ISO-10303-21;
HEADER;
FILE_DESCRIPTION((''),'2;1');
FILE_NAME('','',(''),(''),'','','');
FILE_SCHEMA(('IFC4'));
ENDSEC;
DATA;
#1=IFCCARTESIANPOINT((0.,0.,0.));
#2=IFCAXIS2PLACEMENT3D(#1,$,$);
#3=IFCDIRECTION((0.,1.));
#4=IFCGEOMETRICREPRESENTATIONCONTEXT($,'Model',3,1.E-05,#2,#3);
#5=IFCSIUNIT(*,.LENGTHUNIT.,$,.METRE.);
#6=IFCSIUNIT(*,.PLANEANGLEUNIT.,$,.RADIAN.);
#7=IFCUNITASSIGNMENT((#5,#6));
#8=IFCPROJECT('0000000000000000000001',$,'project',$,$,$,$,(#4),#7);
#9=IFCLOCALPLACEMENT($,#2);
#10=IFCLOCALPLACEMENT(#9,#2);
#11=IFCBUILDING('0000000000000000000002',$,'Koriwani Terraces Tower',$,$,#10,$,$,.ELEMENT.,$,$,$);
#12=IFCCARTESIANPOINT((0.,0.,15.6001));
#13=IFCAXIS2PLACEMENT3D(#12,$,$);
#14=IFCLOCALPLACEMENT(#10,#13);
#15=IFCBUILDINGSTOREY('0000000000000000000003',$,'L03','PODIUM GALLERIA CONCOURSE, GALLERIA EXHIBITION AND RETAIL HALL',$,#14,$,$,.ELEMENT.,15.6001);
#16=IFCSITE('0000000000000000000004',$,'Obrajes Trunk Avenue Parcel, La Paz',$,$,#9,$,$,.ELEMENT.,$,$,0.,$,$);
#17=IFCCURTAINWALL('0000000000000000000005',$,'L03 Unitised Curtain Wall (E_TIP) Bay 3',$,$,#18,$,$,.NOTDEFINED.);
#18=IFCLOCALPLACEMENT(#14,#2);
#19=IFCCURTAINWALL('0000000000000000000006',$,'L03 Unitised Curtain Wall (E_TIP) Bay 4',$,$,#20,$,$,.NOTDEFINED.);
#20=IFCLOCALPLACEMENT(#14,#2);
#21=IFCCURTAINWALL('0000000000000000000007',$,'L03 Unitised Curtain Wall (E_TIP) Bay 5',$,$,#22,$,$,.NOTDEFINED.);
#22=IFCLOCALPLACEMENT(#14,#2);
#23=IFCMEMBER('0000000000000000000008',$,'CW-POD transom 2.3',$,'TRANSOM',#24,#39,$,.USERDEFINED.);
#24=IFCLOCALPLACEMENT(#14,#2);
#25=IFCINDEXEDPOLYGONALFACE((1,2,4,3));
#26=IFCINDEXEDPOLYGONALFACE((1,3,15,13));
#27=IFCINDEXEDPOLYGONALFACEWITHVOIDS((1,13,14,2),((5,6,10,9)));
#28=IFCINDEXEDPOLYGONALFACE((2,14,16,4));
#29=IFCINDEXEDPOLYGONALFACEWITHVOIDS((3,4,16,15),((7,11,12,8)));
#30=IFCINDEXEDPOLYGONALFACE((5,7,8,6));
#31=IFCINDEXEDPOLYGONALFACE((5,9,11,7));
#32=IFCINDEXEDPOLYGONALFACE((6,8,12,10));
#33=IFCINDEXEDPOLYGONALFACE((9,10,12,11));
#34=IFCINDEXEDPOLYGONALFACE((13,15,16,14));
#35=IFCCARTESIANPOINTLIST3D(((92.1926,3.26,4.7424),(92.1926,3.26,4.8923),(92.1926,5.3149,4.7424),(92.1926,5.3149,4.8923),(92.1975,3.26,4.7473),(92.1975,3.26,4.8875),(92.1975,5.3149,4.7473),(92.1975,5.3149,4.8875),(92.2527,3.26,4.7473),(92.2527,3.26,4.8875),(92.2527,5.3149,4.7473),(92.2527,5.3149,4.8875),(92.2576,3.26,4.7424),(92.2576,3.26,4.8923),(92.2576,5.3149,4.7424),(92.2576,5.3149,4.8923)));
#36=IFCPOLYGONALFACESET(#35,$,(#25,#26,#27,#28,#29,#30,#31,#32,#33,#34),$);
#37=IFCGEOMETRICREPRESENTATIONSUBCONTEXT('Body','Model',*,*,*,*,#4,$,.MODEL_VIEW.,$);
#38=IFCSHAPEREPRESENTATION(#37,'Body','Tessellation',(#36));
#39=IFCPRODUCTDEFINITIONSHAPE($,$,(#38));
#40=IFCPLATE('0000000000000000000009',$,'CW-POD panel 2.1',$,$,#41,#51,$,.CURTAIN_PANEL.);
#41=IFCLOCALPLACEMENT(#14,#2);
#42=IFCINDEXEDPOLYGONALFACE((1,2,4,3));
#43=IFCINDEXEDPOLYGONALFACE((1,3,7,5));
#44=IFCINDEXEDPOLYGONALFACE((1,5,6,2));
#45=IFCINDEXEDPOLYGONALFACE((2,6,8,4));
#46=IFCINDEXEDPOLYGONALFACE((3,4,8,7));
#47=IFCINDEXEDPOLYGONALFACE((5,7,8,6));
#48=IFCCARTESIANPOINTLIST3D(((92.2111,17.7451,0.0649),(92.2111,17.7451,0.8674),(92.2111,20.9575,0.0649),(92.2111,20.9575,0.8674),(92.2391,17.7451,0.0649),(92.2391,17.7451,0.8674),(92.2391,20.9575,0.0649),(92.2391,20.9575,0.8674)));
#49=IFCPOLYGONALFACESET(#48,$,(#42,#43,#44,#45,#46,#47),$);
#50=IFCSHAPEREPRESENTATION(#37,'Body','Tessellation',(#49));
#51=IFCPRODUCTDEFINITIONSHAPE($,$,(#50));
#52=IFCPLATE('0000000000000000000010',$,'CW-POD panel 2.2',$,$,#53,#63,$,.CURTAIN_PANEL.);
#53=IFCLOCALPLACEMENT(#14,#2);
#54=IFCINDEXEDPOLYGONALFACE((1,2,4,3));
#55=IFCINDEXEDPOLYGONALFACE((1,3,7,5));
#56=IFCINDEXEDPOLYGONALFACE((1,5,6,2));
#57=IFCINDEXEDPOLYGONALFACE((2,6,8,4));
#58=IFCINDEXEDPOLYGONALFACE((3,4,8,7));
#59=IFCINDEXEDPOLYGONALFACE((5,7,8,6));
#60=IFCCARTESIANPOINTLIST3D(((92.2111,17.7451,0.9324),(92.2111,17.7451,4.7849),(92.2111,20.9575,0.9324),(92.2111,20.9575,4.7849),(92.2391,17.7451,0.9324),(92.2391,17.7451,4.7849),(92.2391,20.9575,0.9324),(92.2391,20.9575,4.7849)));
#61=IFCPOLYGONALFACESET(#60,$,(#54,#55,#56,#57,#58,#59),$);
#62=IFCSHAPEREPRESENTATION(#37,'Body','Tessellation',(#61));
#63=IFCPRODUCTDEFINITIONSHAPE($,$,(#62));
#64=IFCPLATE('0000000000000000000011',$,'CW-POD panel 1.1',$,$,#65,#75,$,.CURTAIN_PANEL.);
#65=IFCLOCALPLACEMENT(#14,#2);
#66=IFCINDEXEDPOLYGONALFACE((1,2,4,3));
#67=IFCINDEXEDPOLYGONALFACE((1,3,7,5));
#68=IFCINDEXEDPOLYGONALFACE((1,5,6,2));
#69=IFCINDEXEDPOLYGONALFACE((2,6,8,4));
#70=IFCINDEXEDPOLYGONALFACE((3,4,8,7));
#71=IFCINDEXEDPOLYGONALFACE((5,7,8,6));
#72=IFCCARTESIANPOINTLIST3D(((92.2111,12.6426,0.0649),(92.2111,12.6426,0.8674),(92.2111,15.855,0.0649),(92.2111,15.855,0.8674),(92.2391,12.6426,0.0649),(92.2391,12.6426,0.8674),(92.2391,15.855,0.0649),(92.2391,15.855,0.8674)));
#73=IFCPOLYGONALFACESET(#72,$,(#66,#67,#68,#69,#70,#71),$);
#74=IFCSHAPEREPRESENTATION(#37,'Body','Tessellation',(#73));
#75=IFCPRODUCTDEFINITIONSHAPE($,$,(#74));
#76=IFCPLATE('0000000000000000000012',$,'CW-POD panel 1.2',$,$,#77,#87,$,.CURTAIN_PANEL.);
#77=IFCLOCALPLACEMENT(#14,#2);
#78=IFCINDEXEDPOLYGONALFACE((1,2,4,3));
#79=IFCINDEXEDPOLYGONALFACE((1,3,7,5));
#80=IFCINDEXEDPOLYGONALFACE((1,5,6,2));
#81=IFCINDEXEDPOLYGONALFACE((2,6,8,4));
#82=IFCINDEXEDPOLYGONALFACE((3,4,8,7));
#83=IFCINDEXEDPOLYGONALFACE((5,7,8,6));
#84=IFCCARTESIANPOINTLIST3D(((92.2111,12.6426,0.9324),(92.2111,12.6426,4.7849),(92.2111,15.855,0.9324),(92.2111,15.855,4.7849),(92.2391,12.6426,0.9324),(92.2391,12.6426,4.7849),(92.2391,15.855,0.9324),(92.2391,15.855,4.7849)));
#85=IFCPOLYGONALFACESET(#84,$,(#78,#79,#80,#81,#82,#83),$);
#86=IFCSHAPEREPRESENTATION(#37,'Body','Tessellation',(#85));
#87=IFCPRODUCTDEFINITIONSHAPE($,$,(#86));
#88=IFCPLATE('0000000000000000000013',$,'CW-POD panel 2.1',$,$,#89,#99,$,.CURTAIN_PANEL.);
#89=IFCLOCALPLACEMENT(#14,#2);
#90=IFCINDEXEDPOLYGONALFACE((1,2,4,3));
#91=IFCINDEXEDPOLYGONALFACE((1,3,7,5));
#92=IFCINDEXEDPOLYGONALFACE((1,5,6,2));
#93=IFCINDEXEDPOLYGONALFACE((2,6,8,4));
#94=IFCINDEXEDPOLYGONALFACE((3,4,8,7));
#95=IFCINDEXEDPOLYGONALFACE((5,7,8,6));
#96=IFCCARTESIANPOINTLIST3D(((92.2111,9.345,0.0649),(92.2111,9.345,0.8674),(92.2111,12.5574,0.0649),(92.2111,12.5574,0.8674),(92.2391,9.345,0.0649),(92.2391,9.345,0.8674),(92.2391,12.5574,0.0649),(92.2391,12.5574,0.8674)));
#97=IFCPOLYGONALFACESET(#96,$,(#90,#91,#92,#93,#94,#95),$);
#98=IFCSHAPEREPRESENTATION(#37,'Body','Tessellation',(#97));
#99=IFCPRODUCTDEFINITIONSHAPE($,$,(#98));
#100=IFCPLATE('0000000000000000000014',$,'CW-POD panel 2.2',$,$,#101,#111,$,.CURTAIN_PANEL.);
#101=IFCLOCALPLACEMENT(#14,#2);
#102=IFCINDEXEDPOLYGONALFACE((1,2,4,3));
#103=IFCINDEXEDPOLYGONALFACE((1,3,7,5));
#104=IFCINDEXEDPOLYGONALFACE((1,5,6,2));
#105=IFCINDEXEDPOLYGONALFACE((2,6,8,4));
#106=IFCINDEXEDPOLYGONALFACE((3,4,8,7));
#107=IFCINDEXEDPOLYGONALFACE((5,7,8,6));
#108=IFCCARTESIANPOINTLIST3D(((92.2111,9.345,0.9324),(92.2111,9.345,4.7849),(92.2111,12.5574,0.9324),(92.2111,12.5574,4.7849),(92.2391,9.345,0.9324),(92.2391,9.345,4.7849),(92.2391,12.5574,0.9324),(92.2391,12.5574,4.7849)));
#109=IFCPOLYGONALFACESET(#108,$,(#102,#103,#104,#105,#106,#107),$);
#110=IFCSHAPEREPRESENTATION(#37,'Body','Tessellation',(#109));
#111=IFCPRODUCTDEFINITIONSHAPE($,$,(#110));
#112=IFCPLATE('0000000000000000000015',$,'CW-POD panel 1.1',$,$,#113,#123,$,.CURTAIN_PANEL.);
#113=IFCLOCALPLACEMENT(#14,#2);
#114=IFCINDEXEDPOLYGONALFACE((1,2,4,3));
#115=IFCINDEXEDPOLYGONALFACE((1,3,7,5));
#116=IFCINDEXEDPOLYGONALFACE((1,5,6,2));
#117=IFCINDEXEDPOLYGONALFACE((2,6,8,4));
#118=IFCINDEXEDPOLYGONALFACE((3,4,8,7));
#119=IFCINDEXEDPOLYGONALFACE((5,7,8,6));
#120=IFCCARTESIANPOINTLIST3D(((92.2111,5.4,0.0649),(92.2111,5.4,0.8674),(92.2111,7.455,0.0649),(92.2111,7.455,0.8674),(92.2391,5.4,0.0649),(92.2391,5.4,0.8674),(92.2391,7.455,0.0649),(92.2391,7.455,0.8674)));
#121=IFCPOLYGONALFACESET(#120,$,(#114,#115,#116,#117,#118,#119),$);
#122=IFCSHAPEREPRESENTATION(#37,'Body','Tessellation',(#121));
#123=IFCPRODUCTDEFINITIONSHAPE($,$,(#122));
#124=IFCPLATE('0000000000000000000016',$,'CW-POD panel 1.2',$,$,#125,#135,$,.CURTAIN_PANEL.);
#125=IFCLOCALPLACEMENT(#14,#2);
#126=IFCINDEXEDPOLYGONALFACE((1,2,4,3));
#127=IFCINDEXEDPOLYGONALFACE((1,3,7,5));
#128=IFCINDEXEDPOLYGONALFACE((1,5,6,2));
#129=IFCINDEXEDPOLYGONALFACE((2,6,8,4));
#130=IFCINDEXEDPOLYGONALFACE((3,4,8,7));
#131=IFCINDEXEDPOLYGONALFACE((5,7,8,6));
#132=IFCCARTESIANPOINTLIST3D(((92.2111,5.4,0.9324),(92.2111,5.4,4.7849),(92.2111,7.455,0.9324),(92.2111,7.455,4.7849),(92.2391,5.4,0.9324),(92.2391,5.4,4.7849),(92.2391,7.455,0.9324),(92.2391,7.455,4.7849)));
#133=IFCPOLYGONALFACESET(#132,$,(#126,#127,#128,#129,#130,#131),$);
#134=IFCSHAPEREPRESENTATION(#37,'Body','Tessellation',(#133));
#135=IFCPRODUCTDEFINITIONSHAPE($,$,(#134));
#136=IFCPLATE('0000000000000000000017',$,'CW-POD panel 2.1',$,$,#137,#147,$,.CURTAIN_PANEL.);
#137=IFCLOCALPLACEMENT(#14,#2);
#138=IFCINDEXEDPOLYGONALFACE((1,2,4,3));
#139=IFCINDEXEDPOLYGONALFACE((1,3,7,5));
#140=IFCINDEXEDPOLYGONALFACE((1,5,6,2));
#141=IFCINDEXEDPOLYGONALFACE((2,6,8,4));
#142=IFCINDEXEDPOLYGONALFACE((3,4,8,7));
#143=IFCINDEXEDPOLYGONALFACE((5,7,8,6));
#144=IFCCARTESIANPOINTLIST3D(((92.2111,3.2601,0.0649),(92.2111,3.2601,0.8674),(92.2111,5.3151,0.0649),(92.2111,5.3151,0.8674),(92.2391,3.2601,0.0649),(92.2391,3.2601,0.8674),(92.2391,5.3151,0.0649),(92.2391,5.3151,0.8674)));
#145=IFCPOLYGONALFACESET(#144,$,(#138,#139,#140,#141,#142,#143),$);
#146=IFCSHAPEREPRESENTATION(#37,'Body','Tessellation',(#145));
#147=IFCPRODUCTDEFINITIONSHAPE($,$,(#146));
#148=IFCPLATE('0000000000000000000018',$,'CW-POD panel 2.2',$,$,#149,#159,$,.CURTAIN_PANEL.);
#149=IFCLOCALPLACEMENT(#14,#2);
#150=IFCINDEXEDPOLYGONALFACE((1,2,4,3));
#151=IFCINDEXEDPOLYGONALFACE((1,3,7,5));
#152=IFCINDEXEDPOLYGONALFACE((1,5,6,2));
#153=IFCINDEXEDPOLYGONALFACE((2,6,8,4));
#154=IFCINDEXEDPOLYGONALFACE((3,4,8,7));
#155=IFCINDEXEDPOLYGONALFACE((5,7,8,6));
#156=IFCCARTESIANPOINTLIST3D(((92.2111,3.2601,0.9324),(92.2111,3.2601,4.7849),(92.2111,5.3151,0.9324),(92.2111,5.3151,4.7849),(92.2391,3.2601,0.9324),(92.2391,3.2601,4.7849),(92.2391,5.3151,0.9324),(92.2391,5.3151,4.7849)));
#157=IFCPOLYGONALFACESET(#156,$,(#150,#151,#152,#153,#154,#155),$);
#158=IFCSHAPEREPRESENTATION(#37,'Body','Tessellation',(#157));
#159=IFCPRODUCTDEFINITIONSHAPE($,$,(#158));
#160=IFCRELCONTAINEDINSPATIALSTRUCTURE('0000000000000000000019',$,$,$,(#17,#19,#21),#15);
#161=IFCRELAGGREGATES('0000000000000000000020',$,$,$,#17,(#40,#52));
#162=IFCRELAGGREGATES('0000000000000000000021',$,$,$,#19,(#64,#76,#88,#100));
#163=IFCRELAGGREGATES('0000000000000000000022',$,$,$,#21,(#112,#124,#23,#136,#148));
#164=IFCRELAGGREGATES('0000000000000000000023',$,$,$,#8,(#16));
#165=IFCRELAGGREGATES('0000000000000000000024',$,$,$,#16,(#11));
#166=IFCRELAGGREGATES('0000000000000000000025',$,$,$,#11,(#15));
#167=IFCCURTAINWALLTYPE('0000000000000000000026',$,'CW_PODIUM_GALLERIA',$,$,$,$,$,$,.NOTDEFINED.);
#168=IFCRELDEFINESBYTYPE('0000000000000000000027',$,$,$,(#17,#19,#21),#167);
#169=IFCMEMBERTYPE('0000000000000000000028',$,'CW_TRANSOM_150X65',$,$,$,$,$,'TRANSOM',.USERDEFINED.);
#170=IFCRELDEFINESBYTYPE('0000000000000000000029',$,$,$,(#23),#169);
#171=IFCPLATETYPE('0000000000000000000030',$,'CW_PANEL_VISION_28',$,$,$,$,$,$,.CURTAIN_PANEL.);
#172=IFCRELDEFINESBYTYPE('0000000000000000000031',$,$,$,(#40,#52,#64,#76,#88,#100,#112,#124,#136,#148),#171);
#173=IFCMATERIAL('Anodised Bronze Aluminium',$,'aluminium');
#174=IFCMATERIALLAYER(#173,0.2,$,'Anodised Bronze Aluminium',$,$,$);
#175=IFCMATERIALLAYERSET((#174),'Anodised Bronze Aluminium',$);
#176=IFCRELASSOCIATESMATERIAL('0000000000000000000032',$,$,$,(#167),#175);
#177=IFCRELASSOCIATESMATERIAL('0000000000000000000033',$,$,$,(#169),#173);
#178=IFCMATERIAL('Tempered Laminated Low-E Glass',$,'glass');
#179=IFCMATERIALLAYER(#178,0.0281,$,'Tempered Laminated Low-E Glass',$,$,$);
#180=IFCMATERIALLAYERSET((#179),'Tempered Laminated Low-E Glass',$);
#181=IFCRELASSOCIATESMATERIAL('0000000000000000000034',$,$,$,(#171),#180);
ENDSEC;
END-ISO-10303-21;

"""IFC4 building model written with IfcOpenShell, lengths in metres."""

from ifc_helpers import new_model, si_unit, direction, frame, origin, origin_2d, place, context, subcontext, project, spatial, rectangle, hollow_rectangle, extrude, material, layer, layer_set, material_profile, profile_set, type_object, element, aggregate, save


model = new_model("IFC4")

# Units and contexts
model_context = context("Model", 3, precision=1e-05, world=origin(), true_north=direction((0.0, 1.0)))
body_context = subcontext(model_context, "Body", "Model", "MODEL_VIEW")
ifc_project = project(units=[si_unit("LENGTHUNIT", "METRE"), si_unit("PLANEANGLEUNIT", "RADIAN")], contexts=[model_context])

# Site, building, storey
site_placement = place(None, origin())
site = spatial("IfcSite", under=ifc_project, at=site_placement, Name="Obrajes Trunk Avenue Parcel, La Paz", CompositionType="ELEMENT", RefElevation=0.0)
building_placement = place(site_placement, origin())
building = spatial("IfcBuilding", under=site, at=building_placement, Name="Koriwani Terraces Tower", CompositionType="ELEMENT")
storey_placement = place(building_placement, frame((0.0, 0.0, 15.6001)))
storey = spatial("IfcBuildingStorey", under=building, at=storey_placement, Name="L03", Description="PODIUM GALLERIA CONCOURSE, GALLERIA EXHIBITION AND RETAIL HALL", CompositionType="ELEMENT", Elevation=15.6001)

# Curtain wall
ifc_material_1 = material(Name="Anodised Bronze Aluminium", Category="aluminium")
ifc_layer_1 = layer(ifc_material_1, 0.2, Name="Anodised Bronze Aluminium")
ifc_layer_set_1 = layer_set([ifc_layer_1], Name="Anodised Bronze Aluminium")
curtain_wall_type = type_object("IfcCurtainWallType", Name="CW_PODIUM_GALLERIA", PredefinedType="NOTDEFINED", material=ifc_layer_set_1)
curtain_wall_1_placement = place(storey_placement, origin())
curtain_wall_1 = element("IfcCurtainWall", 1, at=curtain_wall_1_placement, inside=storey, type_object=curtain_wall_type, Name="L03 Unitised Curtain Wall (E_TIP) Bay 3", PredefinedType="NOTDEFINED")

# Curtain walls
curtain_wall_2_placement = place(storey_placement, origin())
curtain_wall_2 = element("IfcCurtainWall", 2, at=curtain_wall_2_placement, inside=storey, type_object=curtain_wall_type, Name="L03 Unitised Curtain Wall (E_TIP) Bay 4", PredefinedType="NOTDEFINED")
curtain_wall_3_placement = place(storey_placement, origin())
curtain_wall_3 = element("IfcCurtainWall", 3, at=curtain_wall_3_placement, inside=storey, type_object=curtain_wall_type, Name="L03 Unitised Curtain Wall (E_TIP) Bay 5", PredefinedType="NOTDEFINED")

# Member
ifc_material_profile_1 = material_profile(ifc_material_1, hollow_rectangle(XDim=0.0649, YDim=0.1499, WallThickness=0.0049, at=origin_2d()), Name="Anodised Bronze Aluminium", Category="LoadBearing")
ifc_profile_set_1 = profile_set([ifc_material_profile_1], Name="Anodised Bronze Aluminium")
member_type_1 = type_object("IfcMemberType", Name="CW_TRANSOM_150X65", ElementType="TRANSOM", PredefinedType="USERDEFINED", material=ifc_profile_set_1)
member_1_placement = place(storey_placement, frame((92.2251, 5.3149, 4.8174), z_axis=(0.0, -1.0, 0.0), x_axis=(1.0, 0.0, 0.0)))
member_1 = element("IfcMember", 4, at=member_1_placement, type_object=member_type_1, Name="CW-POD transom 2.3", ObjectType="TRANSOM", PredefinedType="USERDEFINED", context=body_context, shape_type="SweptSolid", body=[
    extrude(hollow_rectangle(XDim=0.0649, YDim=0.1499, WallThickness=0.0049, at=origin_2d()), origin(), (0.0, 0.0, 1.0), 2.0549),
])

# Plates
ifc_material_2 = material(Name="Tempered Laminated Low-E Glass", Category="glass")
ifc_layer_2 = layer(ifc_material_2, 0.0281, Name="Tempered Laminated Low-E Glass")
ifc_layer_set_2 = layer_set([ifc_layer_2], Name="Tempered Laminated Low-E Glass")
plate_type = type_object("IfcPlateType", Name="CW_PANEL_VISION_28", PredefinedType="CURTAIN_PANEL", material=ifc_layer_set_2)
plate_1_placement = place(storey_placement, frame((92.2251, 19.3513, 0.0649), z_axis=(0.0, 0.0, 1.0), x_axis=(0.0, -1.0, 0.0)))
plate_1 = element("IfcPlate", 5, at=plate_1_placement, type_object=plate_type, Name="CW-POD panel 2.1", PredefinedType="CURTAIN_PANEL", context=body_context, shape_type="SweptSolid", body=[
    extrude(rectangle(XDim=3.2124, YDim=0.0281, at=origin_2d()), origin(), (0.0, 0.0, 1.0), 0.8025),
])
plate_2_placement = place(storey_placement, frame((92.2251, 19.3513, 0.9324), z_axis=(0.0, 0.0, 1.0), x_axis=(0.0, -1.0, 0.0)))
plate_2 = element("IfcPlate", 6, at=plate_2_placement, type_object=plate_type, Name="CW-POD panel 2.2", PredefinedType="CURTAIN_PANEL", context=body_context, shape_type="SweptSolid", body=[
    extrude(rectangle(XDim=3.2124, YDim=0.0281, at=origin_2d()), origin(), (0.0, 0.0, 1.0), 3.8525),
])
aggregate(curtain_wall_1, [plate_1, plate_2])
plate_3_placement = place(storey_placement, frame((92.2251, 14.2488, 0.0649), z_axis=(0.0, 0.0, 1.0), x_axis=(0.0, -1.0, 0.0)))
plate_3 = element("IfcPlate", 7, at=plate_3_placement, type_object=plate_type, Name="CW-POD panel 1.1", PredefinedType="CURTAIN_PANEL", context=body_context, shape_type="SweptSolid", body=[
    extrude(rectangle(XDim=3.2124, YDim=0.0281, at=origin_2d()), origin(), (0.0, 0.0, 1.0), 0.8025),
])
plate_4_placement = place(storey_placement, frame((92.2251, 14.2488, 0.9324), z_axis=(0.0, 0.0, 1.0), x_axis=(0.0, -1.0, 0.0)))
plate_4 = element("IfcPlate", 8, at=plate_4_placement, type_object=plate_type, Name="CW-POD panel 1.2", PredefinedType="CURTAIN_PANEL", context=body_context, shape_type="SweptSolid", body=[
    extrude(rectangle(XDim=3.2124, YDim=0.0281, at=origin_2d()), origin(), (0.0, 0.0, 1.0), 3.8525),
])
plate_5_placement = place(storey_placement, frame((92.2251, 10.9512, 0.0649), z_axis=(0.0, 0.0, 1.0), x_axis=(0.0, -1.0, 0.0)))
plate_5 = element("IfcPlate", 9, at=plate_5_placement, type_object=plate_type, Name="CW-POD panel 2.1", PredefinedType="CURTAIN_PANEL", context=body_context, shape_type="SweptSolid", body=[
    extrude(rectangle(XDim=3.2124, YDim=0.0281, at=origin_2d()), origin(), (0.0, 0.0, 1.0), 0.8025),
])
plate_6_placement = place(storey_placement, frame((92.2251, 10.9512, 0.9324), z_axis=(0.0, 0.0, 1.0), x_axis=(0.0, -1.0, 0.0)))
plate_6 = element("IfcPlate", 10, at=plate_6_placement, type_object=plate_type, Name="CW-POD panel 2.2", PredefinedType="CURTAIN_PANEL", context=body_context, shape_type="SweptSolid", body=[
    extrude(rectangle(XDim=3.2124, YDim=0.0281, at=origin_2d()), origin(), (0.0, 0.0, 1.0), 3.8525),
])
aggregate(curtain_wall_2, [plate_3, plate_4, plate_5, plate_6])
plate_7_placement = place(storey_placement, frame((92.2251, 6.4275, 0.0649), z_axis=(0.0, 0.0, 1.0), x_axis=(0.0, -1.0, 0.0)))
plate_7 = element("IfcPlate", 11, at=plate_7_placement, type_object=plate_type, Name="CW-POD panel 1.1", PredefinedType="CURTAIN_PANEL", context=body_context, shape_type="SweptSolid", body=[
    extrude(rectangle(XDim=2.0549, YDim=0.0281, at=origin_2d()), origin(), (0.0, 0.0, 1.0), 0.8025),
])
plate_8_placement = place(storey_placement, frame((92.2251, 6.4275, 0.9324), z_axis=(0.0, 0.0, 1.0), x_axis=(0.0, -1.0, 0.0)))
plate_8 = element("IfcPlate", 12, at=plate_8_placement, type_object=plate_type, Name="CW-POD panel 1.2", PredefinedType="CURTAIN_PANEL", context=body_context, shape_type="SweptSolid", body=[
    extrude(rectangle(XDim=2.0549, YDim=0.0281, at=origin_2d()), origin(), (0.0, 0.0, 1.0), 3.8525),
])
plate_9_placement = place(storey_placement, frame((92.2251, 4.2876, 0.0649), z_axis=(0.0, 0.0, 1.0), x_axis=(0.0, -1.0, 0.0)))
plate_9 = element("IfcPlate", 13, at=plate_9_placement, type_object=plate_type, Name="CW-POD panel 2.1", PredefinedType="CURTAIN_PANEL", context=body_context, shape_type="SweptSolid", body=[
    extrude(rectangle(XDim=2.0549, YDim=0.0281, at=origin_2d()), origin(), (0.0, 0.0, 1.0), 0.8025),
])
plate_10_placement = place(storey_placement, frame((92.2251, 4.2876, 0.9324), z_axis=(0.0, 0.0, 1.0), x_axis=(0.0, -1.0, 0.0)))
plate_10 = element("IfcPlate", 14, at=plate_10_placement, type_object=plate_type, Name="CW-POD panel 2.2", PredefinedType="CURTAIN_PANEL", context=body_context, shape_type="SweptSolid", body=[
    extrude(rectangle(XDim=2.0549, YDim=0.0281, at=origin_2d()), origin(), (0.0, 0.0, 1.0), 3.8525),
])
aggregate(curtain_wall_3, [plate_7, plate_8, member_1, plate_9, plate_10])

save(model, "model.ifc")
